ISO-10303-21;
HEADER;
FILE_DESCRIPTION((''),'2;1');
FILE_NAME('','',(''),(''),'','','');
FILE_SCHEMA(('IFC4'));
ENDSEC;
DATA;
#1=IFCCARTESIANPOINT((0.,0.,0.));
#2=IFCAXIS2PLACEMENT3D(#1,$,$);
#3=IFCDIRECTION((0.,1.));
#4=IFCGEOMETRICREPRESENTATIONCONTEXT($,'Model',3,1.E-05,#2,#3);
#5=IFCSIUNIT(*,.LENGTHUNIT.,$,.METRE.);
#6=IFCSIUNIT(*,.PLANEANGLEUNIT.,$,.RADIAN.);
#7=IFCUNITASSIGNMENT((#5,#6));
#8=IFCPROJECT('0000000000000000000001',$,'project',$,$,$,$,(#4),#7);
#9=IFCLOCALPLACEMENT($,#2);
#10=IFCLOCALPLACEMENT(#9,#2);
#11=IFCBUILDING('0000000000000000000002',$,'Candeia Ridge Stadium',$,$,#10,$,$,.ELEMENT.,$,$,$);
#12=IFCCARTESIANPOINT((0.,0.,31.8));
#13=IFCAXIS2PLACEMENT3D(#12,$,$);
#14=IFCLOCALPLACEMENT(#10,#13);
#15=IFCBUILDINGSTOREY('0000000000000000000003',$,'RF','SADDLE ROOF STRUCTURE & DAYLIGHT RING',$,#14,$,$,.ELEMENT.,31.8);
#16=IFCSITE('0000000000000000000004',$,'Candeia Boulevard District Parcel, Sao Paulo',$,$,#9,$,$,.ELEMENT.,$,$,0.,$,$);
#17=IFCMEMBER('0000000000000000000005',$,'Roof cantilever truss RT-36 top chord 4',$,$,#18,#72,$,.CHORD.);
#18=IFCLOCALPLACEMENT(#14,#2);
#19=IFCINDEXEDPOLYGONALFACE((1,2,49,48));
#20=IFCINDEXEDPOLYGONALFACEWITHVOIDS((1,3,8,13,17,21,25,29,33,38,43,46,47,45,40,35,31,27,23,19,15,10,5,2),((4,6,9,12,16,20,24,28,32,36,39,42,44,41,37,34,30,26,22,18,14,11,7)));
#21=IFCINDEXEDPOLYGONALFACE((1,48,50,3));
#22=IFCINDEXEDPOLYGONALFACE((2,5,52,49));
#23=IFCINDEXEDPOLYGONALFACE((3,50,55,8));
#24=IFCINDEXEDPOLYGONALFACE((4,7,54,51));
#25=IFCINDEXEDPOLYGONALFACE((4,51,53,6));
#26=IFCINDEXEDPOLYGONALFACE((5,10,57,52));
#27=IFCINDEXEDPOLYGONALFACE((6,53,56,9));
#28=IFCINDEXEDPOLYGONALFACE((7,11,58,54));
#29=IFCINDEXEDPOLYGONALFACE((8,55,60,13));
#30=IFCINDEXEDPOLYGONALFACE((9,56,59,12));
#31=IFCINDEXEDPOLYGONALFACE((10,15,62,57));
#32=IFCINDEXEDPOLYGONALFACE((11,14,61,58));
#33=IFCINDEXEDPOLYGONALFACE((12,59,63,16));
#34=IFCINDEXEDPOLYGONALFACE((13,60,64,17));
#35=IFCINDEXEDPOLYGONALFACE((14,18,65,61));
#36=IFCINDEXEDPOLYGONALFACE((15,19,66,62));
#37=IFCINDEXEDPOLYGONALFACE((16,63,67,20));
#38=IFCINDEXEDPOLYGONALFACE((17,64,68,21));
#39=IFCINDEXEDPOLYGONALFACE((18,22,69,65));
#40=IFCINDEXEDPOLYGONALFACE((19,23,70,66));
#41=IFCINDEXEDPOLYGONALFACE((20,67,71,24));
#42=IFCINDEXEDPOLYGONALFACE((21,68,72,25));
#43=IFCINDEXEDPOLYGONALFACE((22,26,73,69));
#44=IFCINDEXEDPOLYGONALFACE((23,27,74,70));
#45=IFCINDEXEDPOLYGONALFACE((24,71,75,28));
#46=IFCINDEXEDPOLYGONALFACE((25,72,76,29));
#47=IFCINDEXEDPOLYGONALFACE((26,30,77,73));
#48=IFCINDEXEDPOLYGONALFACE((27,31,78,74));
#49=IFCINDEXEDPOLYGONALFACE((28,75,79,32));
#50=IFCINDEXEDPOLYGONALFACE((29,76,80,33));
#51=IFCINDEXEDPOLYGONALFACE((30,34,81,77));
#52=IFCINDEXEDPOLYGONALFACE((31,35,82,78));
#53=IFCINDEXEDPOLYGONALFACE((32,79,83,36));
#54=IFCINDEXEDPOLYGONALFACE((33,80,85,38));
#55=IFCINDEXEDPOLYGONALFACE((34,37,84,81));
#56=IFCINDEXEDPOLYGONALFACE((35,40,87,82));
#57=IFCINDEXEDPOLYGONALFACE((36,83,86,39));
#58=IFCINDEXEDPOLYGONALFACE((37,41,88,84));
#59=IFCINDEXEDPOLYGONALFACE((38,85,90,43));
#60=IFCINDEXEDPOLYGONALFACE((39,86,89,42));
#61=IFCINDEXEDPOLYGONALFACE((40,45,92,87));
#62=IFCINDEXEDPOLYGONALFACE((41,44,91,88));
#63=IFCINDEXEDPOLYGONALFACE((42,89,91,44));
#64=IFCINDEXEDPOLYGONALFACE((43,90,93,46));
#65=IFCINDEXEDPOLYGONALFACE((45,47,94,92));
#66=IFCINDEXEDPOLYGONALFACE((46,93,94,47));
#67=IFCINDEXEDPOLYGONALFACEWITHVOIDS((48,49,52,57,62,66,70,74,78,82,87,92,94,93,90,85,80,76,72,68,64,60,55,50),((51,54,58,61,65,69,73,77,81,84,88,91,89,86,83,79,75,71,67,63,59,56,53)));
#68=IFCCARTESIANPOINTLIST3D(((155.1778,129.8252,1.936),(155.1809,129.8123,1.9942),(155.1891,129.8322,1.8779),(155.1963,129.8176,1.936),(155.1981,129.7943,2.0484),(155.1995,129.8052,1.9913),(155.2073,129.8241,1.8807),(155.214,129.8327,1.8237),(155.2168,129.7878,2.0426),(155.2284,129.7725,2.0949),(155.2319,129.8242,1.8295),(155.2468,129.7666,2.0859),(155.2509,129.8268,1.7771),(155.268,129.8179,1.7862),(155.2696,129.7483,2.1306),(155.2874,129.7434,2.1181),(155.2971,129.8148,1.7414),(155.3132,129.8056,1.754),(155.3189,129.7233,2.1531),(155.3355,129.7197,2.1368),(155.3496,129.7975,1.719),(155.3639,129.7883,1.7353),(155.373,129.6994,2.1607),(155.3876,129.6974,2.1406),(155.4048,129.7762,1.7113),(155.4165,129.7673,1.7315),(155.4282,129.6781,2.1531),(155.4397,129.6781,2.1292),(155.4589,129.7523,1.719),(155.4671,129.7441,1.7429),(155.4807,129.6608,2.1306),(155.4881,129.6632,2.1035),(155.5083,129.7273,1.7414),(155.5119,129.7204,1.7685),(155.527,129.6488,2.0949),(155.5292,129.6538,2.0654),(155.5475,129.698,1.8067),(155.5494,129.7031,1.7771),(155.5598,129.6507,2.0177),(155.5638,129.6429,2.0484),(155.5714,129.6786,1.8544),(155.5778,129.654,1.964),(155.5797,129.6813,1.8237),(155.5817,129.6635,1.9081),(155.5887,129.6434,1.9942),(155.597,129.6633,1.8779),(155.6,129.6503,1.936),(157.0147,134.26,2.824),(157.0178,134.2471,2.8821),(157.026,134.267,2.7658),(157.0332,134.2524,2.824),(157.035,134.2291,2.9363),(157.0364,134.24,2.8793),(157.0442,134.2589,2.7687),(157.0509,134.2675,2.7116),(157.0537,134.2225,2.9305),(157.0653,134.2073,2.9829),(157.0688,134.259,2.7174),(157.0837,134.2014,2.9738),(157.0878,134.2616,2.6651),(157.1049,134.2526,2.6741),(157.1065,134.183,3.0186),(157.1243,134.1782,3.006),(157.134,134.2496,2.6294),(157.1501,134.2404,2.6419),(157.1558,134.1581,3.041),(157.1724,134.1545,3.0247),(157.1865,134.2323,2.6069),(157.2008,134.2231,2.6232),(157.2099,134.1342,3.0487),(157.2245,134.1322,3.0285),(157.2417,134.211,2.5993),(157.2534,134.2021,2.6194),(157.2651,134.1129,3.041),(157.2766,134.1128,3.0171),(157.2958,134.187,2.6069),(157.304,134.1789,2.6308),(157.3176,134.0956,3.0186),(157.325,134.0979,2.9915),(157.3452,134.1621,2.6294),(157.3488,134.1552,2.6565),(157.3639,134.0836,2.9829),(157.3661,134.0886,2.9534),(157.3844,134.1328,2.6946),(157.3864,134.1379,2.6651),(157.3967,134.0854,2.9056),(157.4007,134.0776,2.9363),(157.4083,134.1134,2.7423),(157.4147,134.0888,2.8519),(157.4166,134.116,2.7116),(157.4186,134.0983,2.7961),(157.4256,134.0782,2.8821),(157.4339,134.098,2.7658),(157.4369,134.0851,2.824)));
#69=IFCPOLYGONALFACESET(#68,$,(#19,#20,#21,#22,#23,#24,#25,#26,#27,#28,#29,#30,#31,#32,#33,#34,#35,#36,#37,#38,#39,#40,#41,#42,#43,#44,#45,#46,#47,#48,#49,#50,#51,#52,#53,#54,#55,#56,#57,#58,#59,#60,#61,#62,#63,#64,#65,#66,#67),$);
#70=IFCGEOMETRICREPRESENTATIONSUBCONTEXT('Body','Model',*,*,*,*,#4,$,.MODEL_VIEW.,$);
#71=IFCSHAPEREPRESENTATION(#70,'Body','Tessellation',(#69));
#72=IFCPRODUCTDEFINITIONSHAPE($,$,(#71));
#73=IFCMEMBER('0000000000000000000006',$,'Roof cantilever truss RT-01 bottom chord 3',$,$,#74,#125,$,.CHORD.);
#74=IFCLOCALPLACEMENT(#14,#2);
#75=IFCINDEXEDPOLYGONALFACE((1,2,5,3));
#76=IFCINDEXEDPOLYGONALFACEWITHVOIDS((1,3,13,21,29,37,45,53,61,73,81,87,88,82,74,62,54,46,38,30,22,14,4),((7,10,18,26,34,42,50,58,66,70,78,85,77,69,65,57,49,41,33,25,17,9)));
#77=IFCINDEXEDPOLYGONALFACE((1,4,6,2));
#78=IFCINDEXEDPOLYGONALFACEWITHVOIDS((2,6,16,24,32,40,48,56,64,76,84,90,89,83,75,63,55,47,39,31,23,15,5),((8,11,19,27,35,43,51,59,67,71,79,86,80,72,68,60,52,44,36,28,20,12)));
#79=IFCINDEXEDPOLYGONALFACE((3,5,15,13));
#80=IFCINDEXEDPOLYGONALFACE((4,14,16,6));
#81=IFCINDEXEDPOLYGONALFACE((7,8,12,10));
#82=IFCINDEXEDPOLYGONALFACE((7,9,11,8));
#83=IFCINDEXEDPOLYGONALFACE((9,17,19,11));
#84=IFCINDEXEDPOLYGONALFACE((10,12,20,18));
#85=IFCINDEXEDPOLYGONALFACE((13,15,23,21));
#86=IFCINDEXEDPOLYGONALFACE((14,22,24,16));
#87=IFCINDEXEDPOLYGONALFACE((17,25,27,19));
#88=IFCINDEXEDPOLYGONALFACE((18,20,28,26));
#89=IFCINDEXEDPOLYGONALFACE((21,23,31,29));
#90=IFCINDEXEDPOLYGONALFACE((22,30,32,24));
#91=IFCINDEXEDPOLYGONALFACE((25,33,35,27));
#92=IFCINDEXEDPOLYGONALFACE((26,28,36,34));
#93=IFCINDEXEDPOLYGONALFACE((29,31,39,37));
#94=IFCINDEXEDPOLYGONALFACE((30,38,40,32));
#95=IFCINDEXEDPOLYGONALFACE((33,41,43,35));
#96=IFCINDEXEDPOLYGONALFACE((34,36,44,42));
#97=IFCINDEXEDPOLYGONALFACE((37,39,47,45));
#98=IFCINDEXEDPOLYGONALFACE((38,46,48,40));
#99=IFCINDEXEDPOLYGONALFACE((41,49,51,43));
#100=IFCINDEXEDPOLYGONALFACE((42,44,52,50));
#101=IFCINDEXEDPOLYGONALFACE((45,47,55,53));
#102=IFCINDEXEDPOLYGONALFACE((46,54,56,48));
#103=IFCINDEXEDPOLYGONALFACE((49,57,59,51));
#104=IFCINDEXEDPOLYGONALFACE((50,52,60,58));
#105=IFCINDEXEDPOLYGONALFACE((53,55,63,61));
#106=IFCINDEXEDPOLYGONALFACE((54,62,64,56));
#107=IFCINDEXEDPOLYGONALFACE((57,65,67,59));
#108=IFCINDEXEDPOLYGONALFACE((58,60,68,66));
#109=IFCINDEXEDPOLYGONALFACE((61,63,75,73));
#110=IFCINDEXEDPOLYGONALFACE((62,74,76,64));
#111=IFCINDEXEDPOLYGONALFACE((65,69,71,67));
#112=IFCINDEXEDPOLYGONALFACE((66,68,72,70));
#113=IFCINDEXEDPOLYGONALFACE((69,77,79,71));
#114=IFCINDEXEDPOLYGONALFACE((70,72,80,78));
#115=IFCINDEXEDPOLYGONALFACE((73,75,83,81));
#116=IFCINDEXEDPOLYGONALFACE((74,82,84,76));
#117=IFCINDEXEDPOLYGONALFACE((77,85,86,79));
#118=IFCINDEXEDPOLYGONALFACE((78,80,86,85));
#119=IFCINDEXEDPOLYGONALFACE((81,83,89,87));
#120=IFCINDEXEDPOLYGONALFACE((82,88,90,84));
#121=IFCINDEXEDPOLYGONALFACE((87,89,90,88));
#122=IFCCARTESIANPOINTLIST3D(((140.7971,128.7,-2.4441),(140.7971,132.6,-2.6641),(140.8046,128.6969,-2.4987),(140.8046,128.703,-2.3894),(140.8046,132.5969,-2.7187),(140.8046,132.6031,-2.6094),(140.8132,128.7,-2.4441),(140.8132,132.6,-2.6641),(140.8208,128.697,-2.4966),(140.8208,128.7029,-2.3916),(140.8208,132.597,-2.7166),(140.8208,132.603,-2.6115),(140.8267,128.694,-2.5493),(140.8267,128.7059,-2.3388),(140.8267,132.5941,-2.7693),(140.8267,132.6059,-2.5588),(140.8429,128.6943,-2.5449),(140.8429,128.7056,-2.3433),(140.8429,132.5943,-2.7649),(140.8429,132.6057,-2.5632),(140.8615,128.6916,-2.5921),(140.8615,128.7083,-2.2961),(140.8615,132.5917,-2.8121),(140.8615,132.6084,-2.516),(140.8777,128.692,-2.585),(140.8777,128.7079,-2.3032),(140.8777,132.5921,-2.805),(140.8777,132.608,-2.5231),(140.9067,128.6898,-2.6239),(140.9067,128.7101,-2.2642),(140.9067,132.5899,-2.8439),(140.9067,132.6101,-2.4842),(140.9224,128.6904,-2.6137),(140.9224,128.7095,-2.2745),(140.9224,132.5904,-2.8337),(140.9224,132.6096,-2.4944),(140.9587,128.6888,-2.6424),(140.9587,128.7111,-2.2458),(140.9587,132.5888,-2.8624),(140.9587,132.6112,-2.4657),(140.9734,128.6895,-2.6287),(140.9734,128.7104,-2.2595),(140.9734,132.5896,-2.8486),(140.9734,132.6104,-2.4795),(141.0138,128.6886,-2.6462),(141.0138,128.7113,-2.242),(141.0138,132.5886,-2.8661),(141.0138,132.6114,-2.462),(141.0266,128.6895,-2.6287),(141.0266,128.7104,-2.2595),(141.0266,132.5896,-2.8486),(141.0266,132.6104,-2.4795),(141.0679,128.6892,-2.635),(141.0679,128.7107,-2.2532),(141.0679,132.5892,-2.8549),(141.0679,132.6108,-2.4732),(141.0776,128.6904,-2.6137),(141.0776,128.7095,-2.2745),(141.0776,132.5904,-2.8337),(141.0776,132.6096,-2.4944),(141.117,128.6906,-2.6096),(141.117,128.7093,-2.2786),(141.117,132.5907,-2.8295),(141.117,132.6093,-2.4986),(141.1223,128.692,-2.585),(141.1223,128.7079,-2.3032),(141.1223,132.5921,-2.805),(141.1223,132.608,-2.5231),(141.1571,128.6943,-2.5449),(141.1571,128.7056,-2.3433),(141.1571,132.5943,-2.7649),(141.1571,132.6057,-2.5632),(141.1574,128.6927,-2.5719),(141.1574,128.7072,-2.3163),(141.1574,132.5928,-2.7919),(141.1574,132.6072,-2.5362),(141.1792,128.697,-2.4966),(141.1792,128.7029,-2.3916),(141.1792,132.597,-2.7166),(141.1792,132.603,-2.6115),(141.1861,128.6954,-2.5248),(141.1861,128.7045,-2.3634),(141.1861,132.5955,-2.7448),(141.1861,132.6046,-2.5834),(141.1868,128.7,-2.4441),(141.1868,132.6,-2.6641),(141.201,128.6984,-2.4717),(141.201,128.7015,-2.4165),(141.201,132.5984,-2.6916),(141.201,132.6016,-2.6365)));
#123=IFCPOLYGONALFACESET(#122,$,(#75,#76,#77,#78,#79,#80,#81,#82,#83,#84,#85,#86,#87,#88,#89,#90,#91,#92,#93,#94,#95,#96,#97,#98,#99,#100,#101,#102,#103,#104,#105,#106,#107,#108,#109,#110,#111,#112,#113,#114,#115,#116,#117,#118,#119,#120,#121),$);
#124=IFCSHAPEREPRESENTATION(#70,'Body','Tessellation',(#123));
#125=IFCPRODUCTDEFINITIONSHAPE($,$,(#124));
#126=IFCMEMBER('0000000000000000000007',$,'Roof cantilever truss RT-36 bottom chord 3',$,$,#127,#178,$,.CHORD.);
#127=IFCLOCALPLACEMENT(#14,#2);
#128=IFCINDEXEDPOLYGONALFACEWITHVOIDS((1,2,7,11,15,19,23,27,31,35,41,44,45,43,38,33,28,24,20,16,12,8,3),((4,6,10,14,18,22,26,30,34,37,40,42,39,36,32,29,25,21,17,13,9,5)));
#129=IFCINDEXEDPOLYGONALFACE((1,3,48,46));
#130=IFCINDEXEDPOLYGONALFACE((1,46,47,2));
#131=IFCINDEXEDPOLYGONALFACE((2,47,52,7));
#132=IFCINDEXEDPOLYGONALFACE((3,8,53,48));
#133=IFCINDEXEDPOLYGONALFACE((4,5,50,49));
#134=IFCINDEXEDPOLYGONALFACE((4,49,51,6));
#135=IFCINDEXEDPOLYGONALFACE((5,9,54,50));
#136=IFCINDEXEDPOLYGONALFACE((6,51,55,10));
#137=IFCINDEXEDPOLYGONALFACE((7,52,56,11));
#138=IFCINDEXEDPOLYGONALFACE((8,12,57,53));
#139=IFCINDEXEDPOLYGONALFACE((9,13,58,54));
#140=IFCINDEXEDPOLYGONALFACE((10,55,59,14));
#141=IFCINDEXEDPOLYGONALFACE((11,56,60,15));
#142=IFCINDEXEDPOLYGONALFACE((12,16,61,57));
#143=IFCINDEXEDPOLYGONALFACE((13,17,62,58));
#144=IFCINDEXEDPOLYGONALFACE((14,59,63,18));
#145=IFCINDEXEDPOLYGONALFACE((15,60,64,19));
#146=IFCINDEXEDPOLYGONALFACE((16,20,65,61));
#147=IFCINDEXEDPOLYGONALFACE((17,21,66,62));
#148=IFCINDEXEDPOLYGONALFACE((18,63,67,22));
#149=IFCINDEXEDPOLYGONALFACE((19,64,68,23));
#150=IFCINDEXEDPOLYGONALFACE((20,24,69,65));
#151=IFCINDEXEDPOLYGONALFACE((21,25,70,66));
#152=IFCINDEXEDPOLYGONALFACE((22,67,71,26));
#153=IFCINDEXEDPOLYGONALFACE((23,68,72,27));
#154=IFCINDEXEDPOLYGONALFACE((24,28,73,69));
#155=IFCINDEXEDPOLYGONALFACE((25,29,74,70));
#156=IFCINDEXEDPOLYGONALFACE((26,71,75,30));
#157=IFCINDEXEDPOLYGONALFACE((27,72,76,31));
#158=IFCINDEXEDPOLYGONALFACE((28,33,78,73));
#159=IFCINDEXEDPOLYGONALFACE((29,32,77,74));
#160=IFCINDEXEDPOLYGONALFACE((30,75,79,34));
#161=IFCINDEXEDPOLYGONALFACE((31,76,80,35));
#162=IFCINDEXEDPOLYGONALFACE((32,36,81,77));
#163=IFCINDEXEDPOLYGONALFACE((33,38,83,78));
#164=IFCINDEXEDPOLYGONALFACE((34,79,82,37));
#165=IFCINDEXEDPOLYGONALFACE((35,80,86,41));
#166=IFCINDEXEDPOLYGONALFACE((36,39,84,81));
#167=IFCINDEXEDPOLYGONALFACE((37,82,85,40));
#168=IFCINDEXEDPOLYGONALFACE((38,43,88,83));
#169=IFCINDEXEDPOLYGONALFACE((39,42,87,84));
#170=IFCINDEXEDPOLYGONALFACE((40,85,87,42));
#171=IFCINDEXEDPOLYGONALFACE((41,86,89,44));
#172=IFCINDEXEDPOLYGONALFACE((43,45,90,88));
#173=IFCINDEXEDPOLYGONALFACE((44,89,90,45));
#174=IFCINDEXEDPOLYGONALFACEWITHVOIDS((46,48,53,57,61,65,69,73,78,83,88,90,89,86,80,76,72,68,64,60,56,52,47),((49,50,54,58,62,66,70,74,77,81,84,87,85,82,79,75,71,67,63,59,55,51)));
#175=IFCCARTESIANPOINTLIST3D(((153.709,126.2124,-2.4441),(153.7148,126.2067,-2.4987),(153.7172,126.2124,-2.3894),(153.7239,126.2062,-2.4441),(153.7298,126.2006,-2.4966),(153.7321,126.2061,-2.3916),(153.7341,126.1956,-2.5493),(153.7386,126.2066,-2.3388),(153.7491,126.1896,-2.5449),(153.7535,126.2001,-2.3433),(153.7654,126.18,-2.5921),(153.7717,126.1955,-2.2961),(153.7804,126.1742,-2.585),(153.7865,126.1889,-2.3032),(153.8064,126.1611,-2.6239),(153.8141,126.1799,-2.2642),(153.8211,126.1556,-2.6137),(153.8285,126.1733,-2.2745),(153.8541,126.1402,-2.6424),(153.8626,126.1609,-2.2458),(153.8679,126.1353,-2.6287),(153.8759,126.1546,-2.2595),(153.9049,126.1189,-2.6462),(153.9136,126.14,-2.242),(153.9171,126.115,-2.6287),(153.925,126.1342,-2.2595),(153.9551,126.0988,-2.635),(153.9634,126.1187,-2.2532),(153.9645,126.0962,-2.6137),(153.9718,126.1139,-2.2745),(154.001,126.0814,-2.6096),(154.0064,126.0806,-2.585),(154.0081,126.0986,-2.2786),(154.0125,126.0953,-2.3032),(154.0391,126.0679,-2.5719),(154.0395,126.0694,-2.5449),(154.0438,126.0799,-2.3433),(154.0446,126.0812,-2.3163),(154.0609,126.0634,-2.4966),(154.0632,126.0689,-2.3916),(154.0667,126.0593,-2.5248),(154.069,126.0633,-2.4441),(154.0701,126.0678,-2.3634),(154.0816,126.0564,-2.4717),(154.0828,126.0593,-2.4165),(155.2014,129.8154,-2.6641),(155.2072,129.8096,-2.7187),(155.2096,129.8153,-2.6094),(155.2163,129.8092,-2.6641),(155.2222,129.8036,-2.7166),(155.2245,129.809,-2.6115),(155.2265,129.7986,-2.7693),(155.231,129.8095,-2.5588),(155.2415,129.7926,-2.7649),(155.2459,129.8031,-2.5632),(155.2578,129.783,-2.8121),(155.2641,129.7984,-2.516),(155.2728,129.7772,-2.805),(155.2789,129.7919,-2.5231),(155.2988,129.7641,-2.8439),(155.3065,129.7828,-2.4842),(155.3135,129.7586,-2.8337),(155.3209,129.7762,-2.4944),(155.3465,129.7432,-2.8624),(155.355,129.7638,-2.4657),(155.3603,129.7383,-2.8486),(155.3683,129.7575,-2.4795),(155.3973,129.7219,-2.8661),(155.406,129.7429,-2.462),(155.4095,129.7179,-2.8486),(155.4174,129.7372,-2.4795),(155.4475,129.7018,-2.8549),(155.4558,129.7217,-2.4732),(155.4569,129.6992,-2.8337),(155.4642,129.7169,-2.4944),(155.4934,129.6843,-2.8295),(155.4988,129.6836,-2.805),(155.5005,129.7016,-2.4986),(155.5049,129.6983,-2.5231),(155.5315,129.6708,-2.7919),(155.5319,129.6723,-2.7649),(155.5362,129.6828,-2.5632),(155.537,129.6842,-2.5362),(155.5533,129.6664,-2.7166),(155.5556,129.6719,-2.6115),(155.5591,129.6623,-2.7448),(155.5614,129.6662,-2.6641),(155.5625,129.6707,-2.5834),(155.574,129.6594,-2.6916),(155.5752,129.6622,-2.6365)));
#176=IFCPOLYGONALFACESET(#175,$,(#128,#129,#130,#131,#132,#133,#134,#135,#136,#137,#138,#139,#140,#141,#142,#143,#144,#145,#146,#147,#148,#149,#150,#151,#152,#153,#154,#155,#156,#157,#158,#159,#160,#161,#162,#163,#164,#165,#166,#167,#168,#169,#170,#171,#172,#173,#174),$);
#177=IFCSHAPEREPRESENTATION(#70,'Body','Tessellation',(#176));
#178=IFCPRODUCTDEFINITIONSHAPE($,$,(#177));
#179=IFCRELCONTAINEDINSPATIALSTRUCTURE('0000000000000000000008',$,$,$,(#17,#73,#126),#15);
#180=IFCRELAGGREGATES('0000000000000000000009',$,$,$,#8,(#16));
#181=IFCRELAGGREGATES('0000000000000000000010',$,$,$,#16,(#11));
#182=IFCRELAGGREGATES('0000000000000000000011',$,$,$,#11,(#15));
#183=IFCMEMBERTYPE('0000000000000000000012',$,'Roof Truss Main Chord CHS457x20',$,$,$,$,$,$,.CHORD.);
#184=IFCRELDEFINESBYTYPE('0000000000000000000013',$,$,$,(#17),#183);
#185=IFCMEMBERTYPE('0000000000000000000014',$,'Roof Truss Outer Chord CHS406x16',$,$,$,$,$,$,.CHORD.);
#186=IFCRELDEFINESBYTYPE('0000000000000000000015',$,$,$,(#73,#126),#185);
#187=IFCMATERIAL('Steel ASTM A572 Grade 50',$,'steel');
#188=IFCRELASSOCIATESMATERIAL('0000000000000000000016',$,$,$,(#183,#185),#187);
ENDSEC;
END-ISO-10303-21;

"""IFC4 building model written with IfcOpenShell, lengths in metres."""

from ifc_helpers import new_model, si_unit, direction, frame, origin, origin_2d, place, context, subcontext, project, spatial, hollow_circle, extrude, material, material_profile, profile_set, type_object, element, save


model = new_model("IFC4")

# Units and contexts
model_context = context("Model", 3, precision=1e-05, world=origin(), true_north=direction((0.0, 1.0)))
body_context = subcontext(model_context, "Body", "Model", "MODEL_VIEW")
ifc_project = project(units=[si_unit("LENGTHUNIT", "METRE"), si_unit("PLANEANGLEUNIT", "RADIAN")], contexts=[model_context])

# Site, building, storey
site_placement = place(None, origin())
site = spatial("IfcSite", under=ifc_project, at=site_placement, Name="Candeia Boulevard District Parcel, Sao Paulo", CompositionType="ELEMENT", RefElevation=0.0)
building_placement = place(site_placement, origin())
building = spatial("IfcBuilding", under=site, at=building_placement, Name="Candeia Ridge Stadium", CompositionType="ELEMENT")
storey_placement = place(building_placement, frame((0.0, 0.0, 31.8)))
storey = spatial("IfcBuildingStorey", under=building, at=storey_placement, Name="RF", Description="SADDLE ROOF STRUCTURE & DAYLIGHT RING", CompositionType="ELEMENT", Elevation=31.8)

# Shared definitions
ifc_material_1 = material(Name="Steel ASTM A572 Grade 50", Category="steel")

# Members
ifc_material_profile_1 = material_profile(ifc_material_1, hollow_circle(Radius=0.2285, WallThickness=0.02, at=origin_2d()), Name="CHS457x20", Category="steel")
ifc_profile_set_1 = profile_set([ifc_material_profile_1], Name="Steel ASTM A572 Grade 50")
member_type_1 = type_object("IfcMemberType", Name="Roof Truss Main Chord CHS457x20", PredefinedType="CHORD", material=ifc_profile_set_1)
member_1_placement = place(storey_placement, frame((155.3889, 129.7378, 1.936), z_axis=(0.376291, 0.908471, 0.181894), x_axis=(-0.923883, 0.382675, 0.0)))
element("IfcMember", 1, at=member_1_placement, inside=storey, type_object=member_type_1, Name="Roof cantilever truss RT-36 top chord 4", PredefinedType="CHORD", context=body_context, shape_type="SweptSolid", body=[
    extrude(hollow_circle(Radius=0.2285, WallThickness=0.02, at=origin_2d()), origin(), (0.0, 0.0, 1.0), 4.8816),
])
ifc_material_profile_2 = material_profile(ifc_material_1, hollow_circle(Radius=0.2029, WallThickness=0.0161, at=origin_2d()), Name="CHS406x16", Category="steel")
ifc_profile_set_2 = profile_set([ifc_material_profile_2], Name="Steel ASTM A572 Grade 50")
member_type_2 = type_object("IfcMemberType", Name="Roof Truss Outer Chord CHS406x16", PredefinedType="CHORD", material=ifc_profile_set_2)
member_2_placement = place(storey_placement, frame((141.0, 128.7, -2.4441), z_axis=(0.0, 0.998413, -0.056311), x_axis=(-1.0, 0.0, 0.0)))
element("IfcMember", 2, at=member_2_placement, inside=storey, type_object=member_type_2, Name="Roof cantilever truss RT-01 bottom chord 3", PredefinedType="CHORD", context=body_context, shape_type="SweptSolid", body=[
    extrude(hollow_circle(Radius=0.2029, WallThickness=0.0161, at=origin_2d()), origin(), (0.0, 0.0, 1.0), 3.9062),
])
member_3_placement = place(storey_placement, frame((153.8965, 126.1348, -2.4441), z_axis=(0.382078, 0.922413, -0.056315), x_axis=(-0.923879, 0.382685, 0.0)))
element("IfcMember", 3, at=member_3_placement, inside=storey, type_object=member_type_2, Name="Roof cantilever truss RT-36 bottom chord 3", PredefinedType="CHORD", context=body_context, shape_type="SweptSolid", body=[
    extrude(hollow_circle(Radius=0.2029, WallThickness=0.0161, at=origin_2d()), origin(), (0.0, 0.0, 1.0), 3.906),
])

save(model, "model.ifc")
